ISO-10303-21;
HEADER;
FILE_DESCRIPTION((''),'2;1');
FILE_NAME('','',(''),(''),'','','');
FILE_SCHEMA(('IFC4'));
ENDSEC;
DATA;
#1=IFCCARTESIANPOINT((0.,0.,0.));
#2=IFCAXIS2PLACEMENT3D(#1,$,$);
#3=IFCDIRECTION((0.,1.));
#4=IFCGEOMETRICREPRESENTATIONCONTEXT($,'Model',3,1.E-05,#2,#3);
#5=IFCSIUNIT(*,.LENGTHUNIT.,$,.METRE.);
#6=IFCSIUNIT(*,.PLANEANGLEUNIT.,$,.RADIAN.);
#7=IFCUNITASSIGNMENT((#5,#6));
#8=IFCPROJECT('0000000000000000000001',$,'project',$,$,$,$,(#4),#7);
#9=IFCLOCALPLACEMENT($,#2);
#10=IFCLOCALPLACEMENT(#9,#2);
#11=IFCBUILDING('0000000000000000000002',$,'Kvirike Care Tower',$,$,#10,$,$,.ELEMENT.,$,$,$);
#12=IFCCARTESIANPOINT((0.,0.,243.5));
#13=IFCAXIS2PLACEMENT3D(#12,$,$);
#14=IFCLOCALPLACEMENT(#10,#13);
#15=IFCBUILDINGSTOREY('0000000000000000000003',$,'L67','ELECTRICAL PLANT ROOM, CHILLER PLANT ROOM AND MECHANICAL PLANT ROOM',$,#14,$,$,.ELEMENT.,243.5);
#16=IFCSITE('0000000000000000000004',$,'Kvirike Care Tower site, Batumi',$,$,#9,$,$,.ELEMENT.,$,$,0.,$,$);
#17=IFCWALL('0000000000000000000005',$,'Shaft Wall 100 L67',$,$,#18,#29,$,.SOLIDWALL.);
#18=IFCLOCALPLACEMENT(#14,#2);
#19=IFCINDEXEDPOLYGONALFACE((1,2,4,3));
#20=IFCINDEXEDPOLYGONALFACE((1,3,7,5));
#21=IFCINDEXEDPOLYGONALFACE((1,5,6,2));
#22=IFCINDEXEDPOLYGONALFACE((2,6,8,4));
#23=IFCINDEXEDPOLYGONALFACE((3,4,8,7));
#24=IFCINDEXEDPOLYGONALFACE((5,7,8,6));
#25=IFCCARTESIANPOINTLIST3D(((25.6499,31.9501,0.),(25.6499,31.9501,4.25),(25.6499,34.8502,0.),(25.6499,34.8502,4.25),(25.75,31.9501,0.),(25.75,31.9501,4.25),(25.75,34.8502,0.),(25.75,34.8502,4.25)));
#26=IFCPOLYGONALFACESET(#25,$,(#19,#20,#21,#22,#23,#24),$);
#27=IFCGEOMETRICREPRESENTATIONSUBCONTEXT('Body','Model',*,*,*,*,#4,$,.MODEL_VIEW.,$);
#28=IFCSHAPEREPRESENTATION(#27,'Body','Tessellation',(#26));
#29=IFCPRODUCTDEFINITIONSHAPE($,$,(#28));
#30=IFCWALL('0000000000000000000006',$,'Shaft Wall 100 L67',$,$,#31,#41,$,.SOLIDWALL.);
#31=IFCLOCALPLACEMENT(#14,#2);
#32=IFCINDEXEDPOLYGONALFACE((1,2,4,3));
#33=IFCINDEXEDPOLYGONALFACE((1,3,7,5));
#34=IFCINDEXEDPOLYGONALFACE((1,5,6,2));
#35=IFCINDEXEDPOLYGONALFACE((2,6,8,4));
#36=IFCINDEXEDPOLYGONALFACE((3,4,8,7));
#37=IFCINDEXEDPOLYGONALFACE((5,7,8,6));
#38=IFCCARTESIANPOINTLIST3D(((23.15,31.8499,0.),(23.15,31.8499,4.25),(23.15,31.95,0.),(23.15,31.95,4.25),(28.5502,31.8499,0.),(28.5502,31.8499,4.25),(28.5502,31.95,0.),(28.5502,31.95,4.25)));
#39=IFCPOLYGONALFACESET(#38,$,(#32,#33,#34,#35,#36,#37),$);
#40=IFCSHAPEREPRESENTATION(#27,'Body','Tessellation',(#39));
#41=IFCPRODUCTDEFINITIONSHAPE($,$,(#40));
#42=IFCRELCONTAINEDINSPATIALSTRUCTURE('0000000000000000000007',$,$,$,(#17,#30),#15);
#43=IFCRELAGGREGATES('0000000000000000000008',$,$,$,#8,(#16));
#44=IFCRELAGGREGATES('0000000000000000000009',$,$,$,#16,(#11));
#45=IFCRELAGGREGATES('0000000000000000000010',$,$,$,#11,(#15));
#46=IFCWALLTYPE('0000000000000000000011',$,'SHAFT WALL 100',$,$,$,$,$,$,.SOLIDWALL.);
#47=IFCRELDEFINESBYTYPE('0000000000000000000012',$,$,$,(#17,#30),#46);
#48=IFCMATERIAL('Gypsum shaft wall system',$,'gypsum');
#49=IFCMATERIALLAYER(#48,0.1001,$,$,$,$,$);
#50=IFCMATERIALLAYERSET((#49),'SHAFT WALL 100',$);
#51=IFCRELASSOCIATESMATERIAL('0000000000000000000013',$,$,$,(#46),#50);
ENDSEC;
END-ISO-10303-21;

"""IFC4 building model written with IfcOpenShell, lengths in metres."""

from ifc_helpers import new_model, si_unit, direction, frame, frame_2d, origin, place, context, subcontext, project, spatial, rectangle, extrude, material, layer, layer_set, type_object, element, save


model = new_model("IFC4")

# Units and contexts
model_context = context("Model", 3, precision=1e-05, world=origin(), true_north=direction((0.0, 1.0)))
body_context = subcontext(model_context, "Body", "Model", "MODEL_VIEW")
ifc_project = project(units=[si_unit("LENGTHUNIT", "METRE"), si_unit("PLANEANGLEUNIT", "RADIAN")], contexts=[model_context])

# Site, building, storey
site_placement = place(None, origin())
site = spatial("IfcSite", under=ifc_project, at=site_placement, Name="Kvirike Care Tower site, Batumi", CompositionType="ELEMENT", RefElevation=0.0)
building_placement = place(site_placement, origin())
building = spatial("IfcBuilding", under=site, at=building_placement, Name="Kvirike Care Tower", CompositionType="ELEMENT")
storey_placement = place(building_placement, frame((0.0, 0.0, 243.5)))
storey = spatial("IfcBuildingStorey", under=building, at=storey_placement, Name="L67", Description="ELECTRICAL PLANT ROOM, CHILLER PLANT ROOM AND MECHANICAL PLANT ROOM", CompositionType="ELEMENT", Elevation=243.5)

# Shared definitions
ifc_material_1 = material(Name="Gypsum shaft wall system", Category="gypsum")
ifc_layer_1 = layer(ifc_material_1, 0.1001)
ifc_layer_set_1 = layer_set([ifc_layer_1], Name="SHAFT WALL 100")
wall_type = type_object("IfcWallType", Name="SHAFT WALL 100", PredefinedType="SOLIDWALL", material=ifc_layer_set_1)

# Walls
wall_1_placement = place(storey_placement, frame((25.7, 31.95, 0.0), z_axis=(0.0, 0.0, 1.0), x_axis=(0.0, 1.0, 0.0)))
element("IfcWall", 1, at=wall_1_placement, inside=storey, type_object=wall_type, Name="Shaft Wall 100 L67", PredefinedType="SOLIDWALL", context=body_context, shape_type="SweptSolid", body=[
    extrude(rectangle(XDim=2.9001, YDim=0.1001, at=frame_2d((1.4502, 0.0))), origin(), (0.0, 0.0, 1.0), 4.25),
])
wall_2_placement = place(storey_placement, frame((23.1499, 31.8999, 0.0), z_axis=(0.0, 0.0, 1.0), x_axis=(1.0, 0.0, 0.0)))
element("IfcWall", 2, at=wall_2_placement, inside=storey, type_object=wall_type, Name="Shaft Wall 100 L67", PredefinedType="SOLIDWALL", context=body_context, shape_type="SweptSolid", body=[
    extrude(rectangle(XDim=5.4001, YDim=0.1001, at=frame_2d((2.7002, 0.0))), origin(), (0.0, 0.0, 1.0), 4.25),
])

save(model, "model.ifc")
